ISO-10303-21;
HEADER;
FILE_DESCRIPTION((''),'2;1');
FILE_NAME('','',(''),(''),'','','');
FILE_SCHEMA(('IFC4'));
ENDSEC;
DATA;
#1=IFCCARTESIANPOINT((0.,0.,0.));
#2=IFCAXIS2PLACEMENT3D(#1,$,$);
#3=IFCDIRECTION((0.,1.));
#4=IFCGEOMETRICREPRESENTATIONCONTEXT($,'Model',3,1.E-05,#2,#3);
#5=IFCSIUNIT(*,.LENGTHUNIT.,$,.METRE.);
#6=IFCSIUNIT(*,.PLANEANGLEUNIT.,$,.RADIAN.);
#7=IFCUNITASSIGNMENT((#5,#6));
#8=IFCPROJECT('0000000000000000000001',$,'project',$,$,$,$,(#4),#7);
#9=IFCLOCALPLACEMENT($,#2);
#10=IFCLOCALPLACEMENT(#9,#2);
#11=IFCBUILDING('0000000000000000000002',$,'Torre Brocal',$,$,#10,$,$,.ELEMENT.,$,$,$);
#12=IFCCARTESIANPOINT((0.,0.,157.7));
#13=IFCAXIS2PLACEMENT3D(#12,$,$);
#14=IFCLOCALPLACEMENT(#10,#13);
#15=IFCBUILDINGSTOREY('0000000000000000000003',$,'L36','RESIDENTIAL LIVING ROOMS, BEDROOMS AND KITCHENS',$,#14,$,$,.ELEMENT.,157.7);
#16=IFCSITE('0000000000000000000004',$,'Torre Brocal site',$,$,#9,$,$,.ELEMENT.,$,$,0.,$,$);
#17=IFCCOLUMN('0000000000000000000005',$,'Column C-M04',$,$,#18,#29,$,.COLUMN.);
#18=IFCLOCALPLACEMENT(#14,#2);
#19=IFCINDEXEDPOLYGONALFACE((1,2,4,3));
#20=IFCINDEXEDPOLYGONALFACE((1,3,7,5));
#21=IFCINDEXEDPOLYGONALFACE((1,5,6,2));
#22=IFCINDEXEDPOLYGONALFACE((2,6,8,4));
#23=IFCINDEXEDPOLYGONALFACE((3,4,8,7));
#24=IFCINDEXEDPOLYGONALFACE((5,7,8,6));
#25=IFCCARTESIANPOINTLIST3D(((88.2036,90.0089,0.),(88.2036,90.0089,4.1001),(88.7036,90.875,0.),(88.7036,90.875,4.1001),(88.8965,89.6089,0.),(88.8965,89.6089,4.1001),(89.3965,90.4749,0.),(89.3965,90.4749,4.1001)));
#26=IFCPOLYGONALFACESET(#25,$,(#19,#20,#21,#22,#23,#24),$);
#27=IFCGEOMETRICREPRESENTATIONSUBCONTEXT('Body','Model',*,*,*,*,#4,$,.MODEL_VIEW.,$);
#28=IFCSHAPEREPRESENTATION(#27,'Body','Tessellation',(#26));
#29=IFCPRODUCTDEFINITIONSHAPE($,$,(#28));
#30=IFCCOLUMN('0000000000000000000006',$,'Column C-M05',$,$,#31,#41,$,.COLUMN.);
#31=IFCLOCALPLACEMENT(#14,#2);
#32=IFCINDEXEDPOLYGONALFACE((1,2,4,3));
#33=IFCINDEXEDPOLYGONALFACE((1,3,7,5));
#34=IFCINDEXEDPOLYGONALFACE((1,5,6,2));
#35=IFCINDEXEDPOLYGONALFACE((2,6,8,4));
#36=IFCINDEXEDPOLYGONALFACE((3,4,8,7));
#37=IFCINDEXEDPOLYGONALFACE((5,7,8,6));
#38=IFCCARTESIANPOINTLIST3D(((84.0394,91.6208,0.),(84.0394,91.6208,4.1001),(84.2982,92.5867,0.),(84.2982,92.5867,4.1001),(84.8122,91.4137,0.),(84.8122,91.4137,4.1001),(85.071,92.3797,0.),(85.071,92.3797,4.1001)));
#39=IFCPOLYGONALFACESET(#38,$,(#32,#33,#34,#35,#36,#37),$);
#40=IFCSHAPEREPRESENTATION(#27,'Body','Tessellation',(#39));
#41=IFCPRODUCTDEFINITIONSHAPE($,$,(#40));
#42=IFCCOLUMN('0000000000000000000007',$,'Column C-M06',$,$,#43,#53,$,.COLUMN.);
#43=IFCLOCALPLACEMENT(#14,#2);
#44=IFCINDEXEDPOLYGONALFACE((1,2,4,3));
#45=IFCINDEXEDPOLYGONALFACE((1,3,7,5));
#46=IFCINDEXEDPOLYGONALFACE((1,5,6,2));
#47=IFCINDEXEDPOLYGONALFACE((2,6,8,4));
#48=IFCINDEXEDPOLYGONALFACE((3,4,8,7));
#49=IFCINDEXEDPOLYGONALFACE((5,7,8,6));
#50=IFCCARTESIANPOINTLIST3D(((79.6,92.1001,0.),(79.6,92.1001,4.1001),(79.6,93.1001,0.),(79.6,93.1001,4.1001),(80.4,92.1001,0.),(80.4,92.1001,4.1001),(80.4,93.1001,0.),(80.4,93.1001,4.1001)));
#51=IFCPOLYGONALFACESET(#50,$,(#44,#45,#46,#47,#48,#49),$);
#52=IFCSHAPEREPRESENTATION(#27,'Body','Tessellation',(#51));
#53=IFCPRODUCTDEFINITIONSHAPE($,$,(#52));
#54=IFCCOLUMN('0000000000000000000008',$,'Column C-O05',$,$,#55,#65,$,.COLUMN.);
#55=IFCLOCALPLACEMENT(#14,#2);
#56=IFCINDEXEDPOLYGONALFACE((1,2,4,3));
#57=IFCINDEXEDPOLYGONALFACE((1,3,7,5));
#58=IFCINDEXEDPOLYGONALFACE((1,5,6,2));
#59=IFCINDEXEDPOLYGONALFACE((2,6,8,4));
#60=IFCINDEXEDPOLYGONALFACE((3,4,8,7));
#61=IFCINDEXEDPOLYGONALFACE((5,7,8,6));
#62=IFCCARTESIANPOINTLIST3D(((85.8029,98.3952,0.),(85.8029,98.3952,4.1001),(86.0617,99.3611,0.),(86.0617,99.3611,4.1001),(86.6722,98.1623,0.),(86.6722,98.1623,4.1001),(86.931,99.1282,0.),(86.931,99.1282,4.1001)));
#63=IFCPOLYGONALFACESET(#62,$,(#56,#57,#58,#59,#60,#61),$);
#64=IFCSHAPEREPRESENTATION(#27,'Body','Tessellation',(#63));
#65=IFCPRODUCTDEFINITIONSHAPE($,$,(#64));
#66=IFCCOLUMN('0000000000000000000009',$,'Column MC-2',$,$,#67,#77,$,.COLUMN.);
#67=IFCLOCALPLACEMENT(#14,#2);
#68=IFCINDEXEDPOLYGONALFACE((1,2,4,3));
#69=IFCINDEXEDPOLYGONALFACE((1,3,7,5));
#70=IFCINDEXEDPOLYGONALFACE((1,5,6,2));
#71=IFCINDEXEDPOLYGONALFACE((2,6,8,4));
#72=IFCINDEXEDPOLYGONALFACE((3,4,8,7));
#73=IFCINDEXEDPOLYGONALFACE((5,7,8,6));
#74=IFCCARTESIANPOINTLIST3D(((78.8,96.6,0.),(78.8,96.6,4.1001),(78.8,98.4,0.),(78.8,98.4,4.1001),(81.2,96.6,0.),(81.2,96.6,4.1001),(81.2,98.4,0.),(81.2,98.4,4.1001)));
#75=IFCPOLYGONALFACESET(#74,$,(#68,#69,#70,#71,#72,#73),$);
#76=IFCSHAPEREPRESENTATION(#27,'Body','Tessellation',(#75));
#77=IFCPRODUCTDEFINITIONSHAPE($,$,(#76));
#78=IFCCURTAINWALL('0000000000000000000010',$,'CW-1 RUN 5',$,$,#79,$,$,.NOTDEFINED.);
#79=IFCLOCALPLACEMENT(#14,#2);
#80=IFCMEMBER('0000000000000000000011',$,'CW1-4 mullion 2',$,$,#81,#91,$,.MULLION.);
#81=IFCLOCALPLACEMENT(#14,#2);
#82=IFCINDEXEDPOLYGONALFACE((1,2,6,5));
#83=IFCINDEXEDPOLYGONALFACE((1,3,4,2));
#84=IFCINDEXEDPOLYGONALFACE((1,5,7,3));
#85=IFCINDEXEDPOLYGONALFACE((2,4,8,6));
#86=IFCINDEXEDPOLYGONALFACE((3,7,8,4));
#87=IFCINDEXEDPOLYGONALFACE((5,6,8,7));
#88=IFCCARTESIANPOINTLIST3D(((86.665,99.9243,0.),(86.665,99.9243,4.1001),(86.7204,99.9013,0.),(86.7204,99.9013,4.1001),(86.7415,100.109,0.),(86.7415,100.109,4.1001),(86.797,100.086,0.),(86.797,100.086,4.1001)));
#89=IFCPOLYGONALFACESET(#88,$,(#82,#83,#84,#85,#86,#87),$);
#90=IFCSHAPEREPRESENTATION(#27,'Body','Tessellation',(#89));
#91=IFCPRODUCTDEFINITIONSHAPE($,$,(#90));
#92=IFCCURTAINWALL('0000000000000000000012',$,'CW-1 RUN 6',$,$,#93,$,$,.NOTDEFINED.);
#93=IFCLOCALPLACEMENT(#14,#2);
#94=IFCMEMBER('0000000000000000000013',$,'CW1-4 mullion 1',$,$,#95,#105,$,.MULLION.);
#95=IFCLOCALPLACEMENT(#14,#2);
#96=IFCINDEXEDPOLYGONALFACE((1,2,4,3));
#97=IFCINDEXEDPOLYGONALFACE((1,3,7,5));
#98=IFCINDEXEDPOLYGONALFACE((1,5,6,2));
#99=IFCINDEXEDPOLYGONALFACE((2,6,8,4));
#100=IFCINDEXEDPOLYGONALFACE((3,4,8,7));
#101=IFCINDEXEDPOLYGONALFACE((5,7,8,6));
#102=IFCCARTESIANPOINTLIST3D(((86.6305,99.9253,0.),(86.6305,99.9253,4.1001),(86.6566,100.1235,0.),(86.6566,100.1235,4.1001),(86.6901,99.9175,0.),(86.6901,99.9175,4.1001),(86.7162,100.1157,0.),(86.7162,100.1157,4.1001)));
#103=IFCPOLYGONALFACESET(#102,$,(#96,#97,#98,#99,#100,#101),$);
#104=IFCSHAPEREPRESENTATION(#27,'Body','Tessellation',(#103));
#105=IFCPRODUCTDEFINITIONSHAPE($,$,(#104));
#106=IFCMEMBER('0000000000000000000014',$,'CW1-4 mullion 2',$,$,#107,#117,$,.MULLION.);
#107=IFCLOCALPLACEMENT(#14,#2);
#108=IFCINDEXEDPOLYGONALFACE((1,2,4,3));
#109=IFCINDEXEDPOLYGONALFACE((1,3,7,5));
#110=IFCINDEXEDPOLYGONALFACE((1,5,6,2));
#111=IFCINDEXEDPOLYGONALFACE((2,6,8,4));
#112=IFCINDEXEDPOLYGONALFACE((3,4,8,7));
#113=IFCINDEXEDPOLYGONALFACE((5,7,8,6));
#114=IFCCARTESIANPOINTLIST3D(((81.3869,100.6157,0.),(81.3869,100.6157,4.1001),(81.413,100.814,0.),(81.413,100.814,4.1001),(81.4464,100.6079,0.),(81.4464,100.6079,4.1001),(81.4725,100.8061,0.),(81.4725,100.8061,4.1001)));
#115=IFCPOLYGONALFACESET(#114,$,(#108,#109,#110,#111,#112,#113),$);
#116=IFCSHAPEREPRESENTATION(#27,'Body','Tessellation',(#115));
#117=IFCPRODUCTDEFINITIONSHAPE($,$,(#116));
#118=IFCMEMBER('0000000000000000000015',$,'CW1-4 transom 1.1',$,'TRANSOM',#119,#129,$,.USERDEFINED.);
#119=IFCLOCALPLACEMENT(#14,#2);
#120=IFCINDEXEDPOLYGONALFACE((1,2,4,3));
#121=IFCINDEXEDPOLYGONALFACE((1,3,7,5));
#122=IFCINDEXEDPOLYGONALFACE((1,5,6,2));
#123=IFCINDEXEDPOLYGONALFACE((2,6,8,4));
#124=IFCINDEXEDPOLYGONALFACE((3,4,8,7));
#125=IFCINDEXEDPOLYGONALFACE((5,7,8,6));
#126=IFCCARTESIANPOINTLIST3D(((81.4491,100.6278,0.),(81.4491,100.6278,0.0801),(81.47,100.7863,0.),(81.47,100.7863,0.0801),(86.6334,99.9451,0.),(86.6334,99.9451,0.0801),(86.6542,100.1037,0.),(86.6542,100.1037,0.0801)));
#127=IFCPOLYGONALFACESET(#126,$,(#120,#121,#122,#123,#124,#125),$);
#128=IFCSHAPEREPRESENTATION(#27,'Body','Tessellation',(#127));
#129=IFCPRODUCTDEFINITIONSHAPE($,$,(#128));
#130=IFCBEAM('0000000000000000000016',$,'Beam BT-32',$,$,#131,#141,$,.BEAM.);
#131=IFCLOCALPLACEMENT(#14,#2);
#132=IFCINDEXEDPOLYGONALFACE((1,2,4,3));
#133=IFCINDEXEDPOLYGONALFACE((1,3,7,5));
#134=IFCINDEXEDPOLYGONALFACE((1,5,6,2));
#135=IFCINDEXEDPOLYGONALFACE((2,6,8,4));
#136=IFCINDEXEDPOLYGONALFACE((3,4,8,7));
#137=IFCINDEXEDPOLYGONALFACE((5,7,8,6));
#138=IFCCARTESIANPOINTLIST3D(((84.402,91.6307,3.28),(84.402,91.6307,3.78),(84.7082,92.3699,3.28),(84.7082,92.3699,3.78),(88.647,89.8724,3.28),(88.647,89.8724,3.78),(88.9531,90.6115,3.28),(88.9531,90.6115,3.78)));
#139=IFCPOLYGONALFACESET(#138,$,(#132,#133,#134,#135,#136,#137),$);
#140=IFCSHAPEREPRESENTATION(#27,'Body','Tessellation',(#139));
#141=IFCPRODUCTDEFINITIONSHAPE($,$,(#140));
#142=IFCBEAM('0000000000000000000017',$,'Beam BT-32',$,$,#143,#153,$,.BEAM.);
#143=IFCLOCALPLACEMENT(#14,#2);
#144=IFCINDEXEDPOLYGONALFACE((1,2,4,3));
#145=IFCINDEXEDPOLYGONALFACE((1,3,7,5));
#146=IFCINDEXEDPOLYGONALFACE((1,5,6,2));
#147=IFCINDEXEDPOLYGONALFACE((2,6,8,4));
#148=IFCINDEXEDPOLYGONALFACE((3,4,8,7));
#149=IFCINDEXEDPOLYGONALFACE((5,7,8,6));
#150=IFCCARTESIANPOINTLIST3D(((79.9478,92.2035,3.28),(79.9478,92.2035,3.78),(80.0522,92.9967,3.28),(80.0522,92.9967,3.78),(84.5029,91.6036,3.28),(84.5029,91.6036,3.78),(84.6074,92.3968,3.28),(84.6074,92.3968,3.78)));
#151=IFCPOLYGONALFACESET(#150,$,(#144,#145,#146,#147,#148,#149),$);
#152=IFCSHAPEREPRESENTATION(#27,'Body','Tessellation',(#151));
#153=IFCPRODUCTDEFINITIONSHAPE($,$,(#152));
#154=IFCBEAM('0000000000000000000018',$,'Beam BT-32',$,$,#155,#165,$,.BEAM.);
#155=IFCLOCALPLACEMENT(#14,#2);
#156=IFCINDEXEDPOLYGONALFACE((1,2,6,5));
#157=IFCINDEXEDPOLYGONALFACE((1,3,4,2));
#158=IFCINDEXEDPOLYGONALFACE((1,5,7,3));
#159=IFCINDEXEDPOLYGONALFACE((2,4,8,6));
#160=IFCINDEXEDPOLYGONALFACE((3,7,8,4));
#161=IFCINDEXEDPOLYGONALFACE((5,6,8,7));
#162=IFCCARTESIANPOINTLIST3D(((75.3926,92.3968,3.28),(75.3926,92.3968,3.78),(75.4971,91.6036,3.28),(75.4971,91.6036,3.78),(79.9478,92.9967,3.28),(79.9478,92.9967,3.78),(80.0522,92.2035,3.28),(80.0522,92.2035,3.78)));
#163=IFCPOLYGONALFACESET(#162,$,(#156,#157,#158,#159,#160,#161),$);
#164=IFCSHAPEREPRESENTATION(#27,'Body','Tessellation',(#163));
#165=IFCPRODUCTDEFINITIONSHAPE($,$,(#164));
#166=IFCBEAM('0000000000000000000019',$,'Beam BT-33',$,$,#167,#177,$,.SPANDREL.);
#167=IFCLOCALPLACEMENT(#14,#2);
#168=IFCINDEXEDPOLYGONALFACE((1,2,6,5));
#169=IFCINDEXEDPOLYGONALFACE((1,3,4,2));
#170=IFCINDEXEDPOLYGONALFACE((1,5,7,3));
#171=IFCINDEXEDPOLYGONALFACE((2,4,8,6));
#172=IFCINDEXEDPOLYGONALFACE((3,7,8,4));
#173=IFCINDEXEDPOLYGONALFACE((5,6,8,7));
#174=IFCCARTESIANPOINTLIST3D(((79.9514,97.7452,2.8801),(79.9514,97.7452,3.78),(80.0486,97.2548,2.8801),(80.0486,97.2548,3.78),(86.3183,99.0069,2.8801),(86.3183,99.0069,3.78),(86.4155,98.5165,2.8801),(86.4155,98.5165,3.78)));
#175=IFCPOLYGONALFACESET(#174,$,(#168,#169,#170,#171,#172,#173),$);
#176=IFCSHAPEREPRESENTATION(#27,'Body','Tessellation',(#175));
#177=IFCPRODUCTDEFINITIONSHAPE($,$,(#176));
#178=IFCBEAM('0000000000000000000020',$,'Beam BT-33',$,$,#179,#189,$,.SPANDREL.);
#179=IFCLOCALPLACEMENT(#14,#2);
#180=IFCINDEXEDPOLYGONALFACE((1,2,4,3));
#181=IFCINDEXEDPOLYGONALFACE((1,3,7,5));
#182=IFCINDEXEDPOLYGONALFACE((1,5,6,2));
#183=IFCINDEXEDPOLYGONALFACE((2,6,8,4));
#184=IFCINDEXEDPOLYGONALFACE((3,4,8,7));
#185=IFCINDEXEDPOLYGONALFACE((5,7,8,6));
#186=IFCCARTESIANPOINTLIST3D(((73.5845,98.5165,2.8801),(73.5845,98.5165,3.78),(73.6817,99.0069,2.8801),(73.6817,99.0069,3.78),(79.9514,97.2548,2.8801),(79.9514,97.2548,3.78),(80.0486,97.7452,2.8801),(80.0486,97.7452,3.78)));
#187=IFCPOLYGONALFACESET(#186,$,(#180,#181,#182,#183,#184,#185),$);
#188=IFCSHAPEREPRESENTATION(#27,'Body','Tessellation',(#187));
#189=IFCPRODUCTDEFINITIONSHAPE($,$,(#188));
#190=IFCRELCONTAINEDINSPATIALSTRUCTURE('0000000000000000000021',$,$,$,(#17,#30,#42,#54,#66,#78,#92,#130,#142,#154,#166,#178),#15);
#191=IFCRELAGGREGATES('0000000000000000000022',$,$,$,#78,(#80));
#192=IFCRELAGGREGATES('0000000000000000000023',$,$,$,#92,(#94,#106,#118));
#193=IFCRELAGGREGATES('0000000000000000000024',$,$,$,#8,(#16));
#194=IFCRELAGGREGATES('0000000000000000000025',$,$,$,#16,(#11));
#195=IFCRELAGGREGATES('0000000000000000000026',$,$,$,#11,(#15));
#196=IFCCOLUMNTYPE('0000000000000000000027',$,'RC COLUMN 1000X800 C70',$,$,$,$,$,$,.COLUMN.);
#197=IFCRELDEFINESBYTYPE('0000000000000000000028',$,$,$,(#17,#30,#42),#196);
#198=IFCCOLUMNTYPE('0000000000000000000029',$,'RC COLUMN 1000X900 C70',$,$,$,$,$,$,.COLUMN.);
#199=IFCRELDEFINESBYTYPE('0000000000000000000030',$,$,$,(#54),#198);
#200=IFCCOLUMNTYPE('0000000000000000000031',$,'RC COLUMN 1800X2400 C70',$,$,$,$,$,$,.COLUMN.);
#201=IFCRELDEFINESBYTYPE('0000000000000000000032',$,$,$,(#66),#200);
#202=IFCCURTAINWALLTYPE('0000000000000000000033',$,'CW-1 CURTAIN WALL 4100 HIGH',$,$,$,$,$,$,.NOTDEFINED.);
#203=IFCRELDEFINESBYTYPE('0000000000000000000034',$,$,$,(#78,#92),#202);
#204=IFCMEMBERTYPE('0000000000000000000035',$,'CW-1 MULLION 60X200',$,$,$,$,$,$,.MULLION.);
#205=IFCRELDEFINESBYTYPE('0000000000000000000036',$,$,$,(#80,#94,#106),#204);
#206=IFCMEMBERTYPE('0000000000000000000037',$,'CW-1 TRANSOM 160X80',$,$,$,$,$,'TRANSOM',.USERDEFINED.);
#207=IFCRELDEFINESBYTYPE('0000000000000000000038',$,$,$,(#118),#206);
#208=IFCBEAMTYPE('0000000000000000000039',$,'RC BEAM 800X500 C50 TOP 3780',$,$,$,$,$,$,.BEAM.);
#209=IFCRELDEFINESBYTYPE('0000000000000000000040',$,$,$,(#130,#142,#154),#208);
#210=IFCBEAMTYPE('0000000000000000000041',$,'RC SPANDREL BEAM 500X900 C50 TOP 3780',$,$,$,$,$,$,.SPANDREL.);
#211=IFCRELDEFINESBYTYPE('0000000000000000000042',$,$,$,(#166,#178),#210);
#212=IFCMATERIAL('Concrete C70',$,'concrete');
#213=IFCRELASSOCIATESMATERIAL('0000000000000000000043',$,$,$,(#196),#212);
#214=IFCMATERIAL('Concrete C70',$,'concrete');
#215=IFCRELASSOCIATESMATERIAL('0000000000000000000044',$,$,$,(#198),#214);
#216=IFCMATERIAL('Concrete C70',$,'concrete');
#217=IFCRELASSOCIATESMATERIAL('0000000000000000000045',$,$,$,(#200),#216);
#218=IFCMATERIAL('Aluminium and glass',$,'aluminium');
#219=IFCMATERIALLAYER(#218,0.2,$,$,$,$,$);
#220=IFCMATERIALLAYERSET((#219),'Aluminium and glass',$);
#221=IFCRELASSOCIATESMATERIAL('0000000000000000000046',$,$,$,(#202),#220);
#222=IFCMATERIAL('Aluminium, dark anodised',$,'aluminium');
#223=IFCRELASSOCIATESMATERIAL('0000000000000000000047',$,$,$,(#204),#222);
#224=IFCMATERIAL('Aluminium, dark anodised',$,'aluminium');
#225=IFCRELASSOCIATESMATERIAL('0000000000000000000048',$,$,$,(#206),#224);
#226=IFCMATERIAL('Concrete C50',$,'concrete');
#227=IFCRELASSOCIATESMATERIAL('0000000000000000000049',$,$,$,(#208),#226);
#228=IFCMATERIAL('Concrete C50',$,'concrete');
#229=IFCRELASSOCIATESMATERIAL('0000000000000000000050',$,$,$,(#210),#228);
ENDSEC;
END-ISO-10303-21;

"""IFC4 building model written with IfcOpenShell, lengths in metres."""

from ifc_helpers import new_model, si_unit, direction, frame, origin, origin_2d, place, context, subcontext, project, spatial, rectangle, extrude, material, layer, layer_set, material_profile, profile_set, type_object, element, aggregate, save


model = new_model("IFC4")

# Units and contexts
model_context = context("Model", 3, precision=1e-05, world=origin(), true_north=direction((0.0, 1.0)))
body_context = subcontext(model_context, "Body", "Model", "MODEL_VIEW")
ifc_project = project(units=[si_unit("LENGTHUNIT", "METRE"), si_unit("PLANEANGLEUNIT", "RADIAN")], contexts=[model_context])

# Site, building, storey
site_placement = place(None, origin())
site = spatial("IfcSite", under=ifc_project, at=site_placement, Name="Torre Brocal site", CompositionType="ELEMENT", RefElevation=0.0)
building_placement = place(site_placement, origin())
building = spatial("IfcBuilding", under=site, at=building_placement, Name="Torre Brocal", CompositionType="ELEMENT")
storey_placement = place(building_placement, frame((0.0, 0.0, 157.7)))
storey = spatial("IfcBuildingStorey", under=building, at=storey_placement, Name="L36", Description="RESIDENTIAL LIVING ROOMS, BEDROOMS AND KITCHENS", CompositionType="ELEMENT", Elevation=157.7)

# Columns
ifc_material_1 = material(Name="Concrete C70", Category="concrete")
ifc_material_profile_1 = material_profile(ifc_material_1, rectangle(XDim=1.0, YDim=0.8, at=origin_2d()), Name="RC 1000X800")
ifc_profile_set_1 = profile_set([ifc_material_profile_1], Name="Concrete C70")
column_type_1 = type_object("IfcColumnType", Name="RC COLUMN 1000X800 C70", PredefinedType="COLUMN", material=ifc_profile_set_1)
for number, where, z_axis, x_axis, name in (
    (1, (88.8, 90.2419, 0.0), (0.0, 0.0, 1.0), (0.5, 0.866025, 0.0), "Column C-M04"),
    (2, (84.5552, 92.0002, 0.0), (0.0, 0.0, 1.0), (0.258819, 0.965926, 0.0), "Column C-M05"),
    (3, (80.0, 92.6001, 0.0), (0.0, 0.0, 1.0), (0.0, 1.0, 0.0), "Column C-M06"),
):
    element("IfcColumn", number, at=place(storey_placement, frame(where, z_axis=z_axis, x_axis=x_axis)), inside=storey, type_object=column_type_1, Name=name, PredefinedType="COLUMN", context=body_context, shape_type="SweptSolid", body=[
        extrude(rectangle(XDim=1.0, YDim=0.8, at=origin_2d()), origin(), (0.0, 0.0, 1.0), 4.1001),
    ])
ifc_material_2 = material(Name="Concrete C70", Category="concrete")
ifc_material_profile_2 = material_profile(ifc_material_2, rectangle(XDim=1.0, YDim=0.8999, at=origin_2d()), Name="RC 1000X900")
ifc_profile_set_2 = profile_set([ifc_material_profile_2], Name="Concrete C70")
column_type_2 = type_object("IfcColumnType", Name="RC COLUMN 1000X900 C70", PredefinedType="COLUMN", material=ifc_profile_set_2)
column_1_placement = place(storey_placement, frame((86.3669, 98.7617, 0.0), z_axis=(0.0, 0.0, 1.0), x_axis=(0.258819, 0.965926, 0.0)))
element("IfcColumn", 4, at=column_1_placement, inside=storey, type_object=column_type_2, Name="Column C-O05", PredefinedType="COLUMN", context=body_context, shape_type="SweptSolid", body=[
    extrude(rectangle(XDim=1.0, YDim=0.8999, at=origin_2d()), origin(), (0.0, 0.0, 1.0), 4.1001),
])
ifc_material_3 = material(Name="Concrete C70", Category="concrete")
ifc_material_profile_3 = material_profile(ifc_material_3, rectangle(XDim=1.8, YDim=2.3999, at=origin_2d()), Name="RC 1800X2400")
ifc_profile_set_3 = profile_set([ifc_material_profile_3], Name="Concrete C70")
column_type_3 = type_object("IfcColumnType", Name="RC COLUMN 1800X2400 C70", PredefinedType="COLUMN", material=ifc_profile_set_3)
column_2_placement = place(storey_placement, frame((80.0, 97.5, 0.0), z_axis=(0.0, 0.0, 1.0), x_axis=(0.0, 1.0, 0.0)))
element("IfcColumn", 5, at=column_2_placement, inside=storey, type_object=column_type_3, Name="Column MC-2", PredefinedType="COLUMN", context=body_context, shape_type="SweptSolid", body=[
    extrude(rectangle(XDim=1.8, YDim=2.3999, at=origin_2d()), origin(), (0.0, 0.0, 1.0), 4.1001),
])

# Curtain wall, member
ifc_material_4 = material(Name="Aluminium and glass", Category="aluminium")
ifc_layer_1 = layer(ifc_material_4, 0.2)
ifc_layer_set_1 = layer_set([ifc_layer_1], Name="Aluminium and glass")
curtain_wall_type = type_object("IfcCurtainWallType", Name="CW-1 CURTAIN WALL 4100 HIGH", PredefinedType="NOTDEFINED", material=ifc_layer_set_1)
curtain_wall_1_placement = place(storey_placement, origin())
curtain_wall_1 = element("IfcCurtainWall", 6, at=curtain_wall_1_placement, inside=storey, type_object=curtain_wall_type, Name="CW-1 RUN 5", PredefinedType="NOTDEFINED")
ifc_material_5 = material(Name="Aluminium, dark anodised", Category="aluminium")
ifc_material_profile_4 = material_profile(ifc_material_5, rectangle(XDim=0.2, YDim=0.0601, at=origin_2d()), Name="CW-1 MULLION 60X200")
ifc_profile_set_4 = profile_set([ifc_material_profile_4], Name="Aluminium, dark anodised")
member_type_1 = type_object("IfcMemberType", Name="CW-1 MULLION 60X200", PredefinedType="MULLION", material=ifc_profile_set_4)
member_1_placement = place(storey_placement, frame((86.731, 100.0051, 0.0), z_axis=(0.0, 0.0, 1.0), x_axis=(-0.382683, -0.92388, 0.0)))
member_1 = element("IfcMember", 7, at=member_1_placement, type_object=member_type_1, Name="CW1-4 mullion 2", PredefinedType="MULLION", context=body_context, shape_type="SweptSolid", body=[
    extrude(rectangle(XDim=0.2, YDim=0.0601, at=origin_2d()), origin(), (0.0, 0.0, 1.0), 4.1001),
])

# Curtain wall, members
curtain_wall_2_placement = place(storey_placement, origin())
curtain_wall_2 = element("IfcCurtainWall", 8, at=curtain_wall_2_placement, inside=storey, type_object=curtain_wall_type, Name="CW-1 RUN 6", PredefinedType="NOTDEFINED")
member_2_placement = place(storey_placement, frame((86.6733, 100.0205, 0.0), z_axis=(0.0, 0.0, 1.0), x_axis=(-0.130526, -0.991445, 0.0)))
member_2 = element("IfcMember", 9, at=member_2_placement, type_object=member_type_1, Name="CW1-4 mullion 1", PredefinedType="MULLION", context=body_context, shape_type="SweptSolid", body=[
    extrude(rectangle(XDim=0.2, YDim=0.0601, at=origin_2d()), origin(), (0.0, 0.0, 1.0), 4.1001),
])
member_3_placement = place(storey_placement, frame((81.4297, 100.7109, 0.0), z_axis=(0.0, 0.0, 1.0), x_axis=(-0.130526, -0.991445, 0.0)))
member_3 = element("IfcMember", 10, at=member_3_placement, type_object=member_type_1, Name="CW1-4 mullion 2", PredefinedType="MULLION", context=body_context, shape_type="SweptSolid", body=[
    extrude(rectangle(XDim=0.2, YDim=0.0601, at=origin_2d()), origin(), (0.0, 0.0, 1.0), 4.1001),
])
ifc_material_6 = material(Name="Aluminium, dark anodised", Category="aluminium")
ifc_material_profile_5 = material_profile(ifc_material_6, rectangle(XDim=0.1599, YDim=0.0801, at=origin_2d()), Name="CW-1 TRANSOM 160X80")
ifc_profile_set_5 = profile_set([ifc_material_profile_5], Name="Aluminium, dark anodised")
member_type_2 = type_object("IfcMemberType", Name="CW-1 TRANSOM 160X80", ElementType="TRANSOM", PredefinedType="USERDEFINED", material=ifc_profile_set_5)
member_4_placement = place(storey_placement, frame((86.6438, 100.0244, 0.04), z_axis=(-0.991443, 0.130543, 0.0), x_axis=(-0.130543, -0.991443, 0.0)))
member_4 = element("IfcMember", 11, at=member_4_placement, type_object=member_type_2, Name="CW1-4 transom 1.1", ObjectType="TRANSOM", PredefinedType="USERDEFINED", context=body_context, shape_type="SweptSolid", body=[
    extrude(rectangle(XDim=0.1599, YDim=0.0801, at=origin_2d()), origin(), (0.0, 0.0, 1.0), 5.229),
])

# Beams
ifc_material_7 = material(Name="Concrete C50", Category="concrete")
ifc_material_profile_6 = material_profile(ifc_material_7, rectangle(XDim=0.8, YDim=0.5, at=origin_2d()), Name="RC 800X500")
ifc_profile_set_6 = profile_set([ifc_material_profile_6], Name="Concrete C50")
beam_type_1 = type_object("IfcBeamType", Name="RC BEAM 800X500 C50 TOP 3780", PredefinedType="BEAM", material=ifc_profile_set_6)
beam_placement = place(storey_placement, frame((88.8, 90.2419, 3.53), z_axis=(-0.923878, 0.382687, 0.0), x_axis=(-0.382687, -0.923878, 0.0)))
element("IfcBeam", 12, at=beam_placement, inside=storey, type_object=beam_type_1, Name="Beam BT-32", PredefinedType="BEAM", context=body_context, shape_type="SweptSolid", body=[
    extrude(rectangle(XDim=0.8, YDim=0.5, at=origin_2d()), origin(), (0.0, 0.0, 1.0), 4.5947),
])
for number, where, z_axis, x_axis, name in (
    (13, (84.5552, 92.0002, 3.53), (-0.991441, 0.130559, 0.0), (-0.130559, -0.991441, 0.0), "Beam BT-32"),
    (14, (80.0, 92.6001, 3.53), (-0.991441, -0.130559, 0.0), (0.130559, -0.991441, 0.0), "Beam BT-32"),
):
    element("IfcBeam", number, at=place(storey_placement, frame(where, z_axis=z_axis, x_axis=x_axis)), inside=storey, type_object=beam_type_1, Name=name, PredefinedType="BEAM", context=body_context, shape_type="SweptSolid", body=[
        extrude(rectangle(XDim=0.8, YDim=0.5, at=origin_2d()), origin(), (0.0, 0.0, 1.0), 4.5945),
    ])
ifc_material_8 = material(Name="Concrete C50", Category="concrete")
ifc_material_profile_7 = material_profile(ifc_material_8, rectangle(XDim=0.5, YDim=0.8999, at=origin_2d()), Name="RC 500X900")
ifc_profile_set_7 = profile_set([ifc_material_profile_7], Name="Concrete C50")
beam_type_2 = type_object("IfcBeamType", Name="RC SPANDREL BEAM 500X900 C50 TOP 3780", PredefinedType="SPANDREL", material=ifc_profile_set_7)
for number, where, z_axis, x_axis, name in (
    (15, (86.3669, 98.7617, 3.3301), (-0.980925, -0.194387, 0.0), (0.194387, -0.980925, 0.0), "Beam BT-33"),
    (16, (80.0, 97.5, 3.3301), (-0.980925, 0.194387, 0.0), (-0.194387, -0.980925, 0.0), "Beam BT-33"),
):
    element("IfcBeam", number, at=place(storey_placement, frame(where, z_axis=z_axis, x_axis=x_axis)), inside=storey, type_object=beam_type_2, Name=name, PredefinedType="SPANDREL", context=body_context, shape_type="SweptSolid", body=[
        extrude(rectangle(XDim=0.5, YDim=0.8999, at=origin_2d()), origin(), (0.0, 0.0, 1.0), 6.4907),
    ])

aggregate(curtain_wall_1, [member_1])
aggregate(curtain_wall_2, [member_2, member_3, member_4])

save(model, "model.ifc")
